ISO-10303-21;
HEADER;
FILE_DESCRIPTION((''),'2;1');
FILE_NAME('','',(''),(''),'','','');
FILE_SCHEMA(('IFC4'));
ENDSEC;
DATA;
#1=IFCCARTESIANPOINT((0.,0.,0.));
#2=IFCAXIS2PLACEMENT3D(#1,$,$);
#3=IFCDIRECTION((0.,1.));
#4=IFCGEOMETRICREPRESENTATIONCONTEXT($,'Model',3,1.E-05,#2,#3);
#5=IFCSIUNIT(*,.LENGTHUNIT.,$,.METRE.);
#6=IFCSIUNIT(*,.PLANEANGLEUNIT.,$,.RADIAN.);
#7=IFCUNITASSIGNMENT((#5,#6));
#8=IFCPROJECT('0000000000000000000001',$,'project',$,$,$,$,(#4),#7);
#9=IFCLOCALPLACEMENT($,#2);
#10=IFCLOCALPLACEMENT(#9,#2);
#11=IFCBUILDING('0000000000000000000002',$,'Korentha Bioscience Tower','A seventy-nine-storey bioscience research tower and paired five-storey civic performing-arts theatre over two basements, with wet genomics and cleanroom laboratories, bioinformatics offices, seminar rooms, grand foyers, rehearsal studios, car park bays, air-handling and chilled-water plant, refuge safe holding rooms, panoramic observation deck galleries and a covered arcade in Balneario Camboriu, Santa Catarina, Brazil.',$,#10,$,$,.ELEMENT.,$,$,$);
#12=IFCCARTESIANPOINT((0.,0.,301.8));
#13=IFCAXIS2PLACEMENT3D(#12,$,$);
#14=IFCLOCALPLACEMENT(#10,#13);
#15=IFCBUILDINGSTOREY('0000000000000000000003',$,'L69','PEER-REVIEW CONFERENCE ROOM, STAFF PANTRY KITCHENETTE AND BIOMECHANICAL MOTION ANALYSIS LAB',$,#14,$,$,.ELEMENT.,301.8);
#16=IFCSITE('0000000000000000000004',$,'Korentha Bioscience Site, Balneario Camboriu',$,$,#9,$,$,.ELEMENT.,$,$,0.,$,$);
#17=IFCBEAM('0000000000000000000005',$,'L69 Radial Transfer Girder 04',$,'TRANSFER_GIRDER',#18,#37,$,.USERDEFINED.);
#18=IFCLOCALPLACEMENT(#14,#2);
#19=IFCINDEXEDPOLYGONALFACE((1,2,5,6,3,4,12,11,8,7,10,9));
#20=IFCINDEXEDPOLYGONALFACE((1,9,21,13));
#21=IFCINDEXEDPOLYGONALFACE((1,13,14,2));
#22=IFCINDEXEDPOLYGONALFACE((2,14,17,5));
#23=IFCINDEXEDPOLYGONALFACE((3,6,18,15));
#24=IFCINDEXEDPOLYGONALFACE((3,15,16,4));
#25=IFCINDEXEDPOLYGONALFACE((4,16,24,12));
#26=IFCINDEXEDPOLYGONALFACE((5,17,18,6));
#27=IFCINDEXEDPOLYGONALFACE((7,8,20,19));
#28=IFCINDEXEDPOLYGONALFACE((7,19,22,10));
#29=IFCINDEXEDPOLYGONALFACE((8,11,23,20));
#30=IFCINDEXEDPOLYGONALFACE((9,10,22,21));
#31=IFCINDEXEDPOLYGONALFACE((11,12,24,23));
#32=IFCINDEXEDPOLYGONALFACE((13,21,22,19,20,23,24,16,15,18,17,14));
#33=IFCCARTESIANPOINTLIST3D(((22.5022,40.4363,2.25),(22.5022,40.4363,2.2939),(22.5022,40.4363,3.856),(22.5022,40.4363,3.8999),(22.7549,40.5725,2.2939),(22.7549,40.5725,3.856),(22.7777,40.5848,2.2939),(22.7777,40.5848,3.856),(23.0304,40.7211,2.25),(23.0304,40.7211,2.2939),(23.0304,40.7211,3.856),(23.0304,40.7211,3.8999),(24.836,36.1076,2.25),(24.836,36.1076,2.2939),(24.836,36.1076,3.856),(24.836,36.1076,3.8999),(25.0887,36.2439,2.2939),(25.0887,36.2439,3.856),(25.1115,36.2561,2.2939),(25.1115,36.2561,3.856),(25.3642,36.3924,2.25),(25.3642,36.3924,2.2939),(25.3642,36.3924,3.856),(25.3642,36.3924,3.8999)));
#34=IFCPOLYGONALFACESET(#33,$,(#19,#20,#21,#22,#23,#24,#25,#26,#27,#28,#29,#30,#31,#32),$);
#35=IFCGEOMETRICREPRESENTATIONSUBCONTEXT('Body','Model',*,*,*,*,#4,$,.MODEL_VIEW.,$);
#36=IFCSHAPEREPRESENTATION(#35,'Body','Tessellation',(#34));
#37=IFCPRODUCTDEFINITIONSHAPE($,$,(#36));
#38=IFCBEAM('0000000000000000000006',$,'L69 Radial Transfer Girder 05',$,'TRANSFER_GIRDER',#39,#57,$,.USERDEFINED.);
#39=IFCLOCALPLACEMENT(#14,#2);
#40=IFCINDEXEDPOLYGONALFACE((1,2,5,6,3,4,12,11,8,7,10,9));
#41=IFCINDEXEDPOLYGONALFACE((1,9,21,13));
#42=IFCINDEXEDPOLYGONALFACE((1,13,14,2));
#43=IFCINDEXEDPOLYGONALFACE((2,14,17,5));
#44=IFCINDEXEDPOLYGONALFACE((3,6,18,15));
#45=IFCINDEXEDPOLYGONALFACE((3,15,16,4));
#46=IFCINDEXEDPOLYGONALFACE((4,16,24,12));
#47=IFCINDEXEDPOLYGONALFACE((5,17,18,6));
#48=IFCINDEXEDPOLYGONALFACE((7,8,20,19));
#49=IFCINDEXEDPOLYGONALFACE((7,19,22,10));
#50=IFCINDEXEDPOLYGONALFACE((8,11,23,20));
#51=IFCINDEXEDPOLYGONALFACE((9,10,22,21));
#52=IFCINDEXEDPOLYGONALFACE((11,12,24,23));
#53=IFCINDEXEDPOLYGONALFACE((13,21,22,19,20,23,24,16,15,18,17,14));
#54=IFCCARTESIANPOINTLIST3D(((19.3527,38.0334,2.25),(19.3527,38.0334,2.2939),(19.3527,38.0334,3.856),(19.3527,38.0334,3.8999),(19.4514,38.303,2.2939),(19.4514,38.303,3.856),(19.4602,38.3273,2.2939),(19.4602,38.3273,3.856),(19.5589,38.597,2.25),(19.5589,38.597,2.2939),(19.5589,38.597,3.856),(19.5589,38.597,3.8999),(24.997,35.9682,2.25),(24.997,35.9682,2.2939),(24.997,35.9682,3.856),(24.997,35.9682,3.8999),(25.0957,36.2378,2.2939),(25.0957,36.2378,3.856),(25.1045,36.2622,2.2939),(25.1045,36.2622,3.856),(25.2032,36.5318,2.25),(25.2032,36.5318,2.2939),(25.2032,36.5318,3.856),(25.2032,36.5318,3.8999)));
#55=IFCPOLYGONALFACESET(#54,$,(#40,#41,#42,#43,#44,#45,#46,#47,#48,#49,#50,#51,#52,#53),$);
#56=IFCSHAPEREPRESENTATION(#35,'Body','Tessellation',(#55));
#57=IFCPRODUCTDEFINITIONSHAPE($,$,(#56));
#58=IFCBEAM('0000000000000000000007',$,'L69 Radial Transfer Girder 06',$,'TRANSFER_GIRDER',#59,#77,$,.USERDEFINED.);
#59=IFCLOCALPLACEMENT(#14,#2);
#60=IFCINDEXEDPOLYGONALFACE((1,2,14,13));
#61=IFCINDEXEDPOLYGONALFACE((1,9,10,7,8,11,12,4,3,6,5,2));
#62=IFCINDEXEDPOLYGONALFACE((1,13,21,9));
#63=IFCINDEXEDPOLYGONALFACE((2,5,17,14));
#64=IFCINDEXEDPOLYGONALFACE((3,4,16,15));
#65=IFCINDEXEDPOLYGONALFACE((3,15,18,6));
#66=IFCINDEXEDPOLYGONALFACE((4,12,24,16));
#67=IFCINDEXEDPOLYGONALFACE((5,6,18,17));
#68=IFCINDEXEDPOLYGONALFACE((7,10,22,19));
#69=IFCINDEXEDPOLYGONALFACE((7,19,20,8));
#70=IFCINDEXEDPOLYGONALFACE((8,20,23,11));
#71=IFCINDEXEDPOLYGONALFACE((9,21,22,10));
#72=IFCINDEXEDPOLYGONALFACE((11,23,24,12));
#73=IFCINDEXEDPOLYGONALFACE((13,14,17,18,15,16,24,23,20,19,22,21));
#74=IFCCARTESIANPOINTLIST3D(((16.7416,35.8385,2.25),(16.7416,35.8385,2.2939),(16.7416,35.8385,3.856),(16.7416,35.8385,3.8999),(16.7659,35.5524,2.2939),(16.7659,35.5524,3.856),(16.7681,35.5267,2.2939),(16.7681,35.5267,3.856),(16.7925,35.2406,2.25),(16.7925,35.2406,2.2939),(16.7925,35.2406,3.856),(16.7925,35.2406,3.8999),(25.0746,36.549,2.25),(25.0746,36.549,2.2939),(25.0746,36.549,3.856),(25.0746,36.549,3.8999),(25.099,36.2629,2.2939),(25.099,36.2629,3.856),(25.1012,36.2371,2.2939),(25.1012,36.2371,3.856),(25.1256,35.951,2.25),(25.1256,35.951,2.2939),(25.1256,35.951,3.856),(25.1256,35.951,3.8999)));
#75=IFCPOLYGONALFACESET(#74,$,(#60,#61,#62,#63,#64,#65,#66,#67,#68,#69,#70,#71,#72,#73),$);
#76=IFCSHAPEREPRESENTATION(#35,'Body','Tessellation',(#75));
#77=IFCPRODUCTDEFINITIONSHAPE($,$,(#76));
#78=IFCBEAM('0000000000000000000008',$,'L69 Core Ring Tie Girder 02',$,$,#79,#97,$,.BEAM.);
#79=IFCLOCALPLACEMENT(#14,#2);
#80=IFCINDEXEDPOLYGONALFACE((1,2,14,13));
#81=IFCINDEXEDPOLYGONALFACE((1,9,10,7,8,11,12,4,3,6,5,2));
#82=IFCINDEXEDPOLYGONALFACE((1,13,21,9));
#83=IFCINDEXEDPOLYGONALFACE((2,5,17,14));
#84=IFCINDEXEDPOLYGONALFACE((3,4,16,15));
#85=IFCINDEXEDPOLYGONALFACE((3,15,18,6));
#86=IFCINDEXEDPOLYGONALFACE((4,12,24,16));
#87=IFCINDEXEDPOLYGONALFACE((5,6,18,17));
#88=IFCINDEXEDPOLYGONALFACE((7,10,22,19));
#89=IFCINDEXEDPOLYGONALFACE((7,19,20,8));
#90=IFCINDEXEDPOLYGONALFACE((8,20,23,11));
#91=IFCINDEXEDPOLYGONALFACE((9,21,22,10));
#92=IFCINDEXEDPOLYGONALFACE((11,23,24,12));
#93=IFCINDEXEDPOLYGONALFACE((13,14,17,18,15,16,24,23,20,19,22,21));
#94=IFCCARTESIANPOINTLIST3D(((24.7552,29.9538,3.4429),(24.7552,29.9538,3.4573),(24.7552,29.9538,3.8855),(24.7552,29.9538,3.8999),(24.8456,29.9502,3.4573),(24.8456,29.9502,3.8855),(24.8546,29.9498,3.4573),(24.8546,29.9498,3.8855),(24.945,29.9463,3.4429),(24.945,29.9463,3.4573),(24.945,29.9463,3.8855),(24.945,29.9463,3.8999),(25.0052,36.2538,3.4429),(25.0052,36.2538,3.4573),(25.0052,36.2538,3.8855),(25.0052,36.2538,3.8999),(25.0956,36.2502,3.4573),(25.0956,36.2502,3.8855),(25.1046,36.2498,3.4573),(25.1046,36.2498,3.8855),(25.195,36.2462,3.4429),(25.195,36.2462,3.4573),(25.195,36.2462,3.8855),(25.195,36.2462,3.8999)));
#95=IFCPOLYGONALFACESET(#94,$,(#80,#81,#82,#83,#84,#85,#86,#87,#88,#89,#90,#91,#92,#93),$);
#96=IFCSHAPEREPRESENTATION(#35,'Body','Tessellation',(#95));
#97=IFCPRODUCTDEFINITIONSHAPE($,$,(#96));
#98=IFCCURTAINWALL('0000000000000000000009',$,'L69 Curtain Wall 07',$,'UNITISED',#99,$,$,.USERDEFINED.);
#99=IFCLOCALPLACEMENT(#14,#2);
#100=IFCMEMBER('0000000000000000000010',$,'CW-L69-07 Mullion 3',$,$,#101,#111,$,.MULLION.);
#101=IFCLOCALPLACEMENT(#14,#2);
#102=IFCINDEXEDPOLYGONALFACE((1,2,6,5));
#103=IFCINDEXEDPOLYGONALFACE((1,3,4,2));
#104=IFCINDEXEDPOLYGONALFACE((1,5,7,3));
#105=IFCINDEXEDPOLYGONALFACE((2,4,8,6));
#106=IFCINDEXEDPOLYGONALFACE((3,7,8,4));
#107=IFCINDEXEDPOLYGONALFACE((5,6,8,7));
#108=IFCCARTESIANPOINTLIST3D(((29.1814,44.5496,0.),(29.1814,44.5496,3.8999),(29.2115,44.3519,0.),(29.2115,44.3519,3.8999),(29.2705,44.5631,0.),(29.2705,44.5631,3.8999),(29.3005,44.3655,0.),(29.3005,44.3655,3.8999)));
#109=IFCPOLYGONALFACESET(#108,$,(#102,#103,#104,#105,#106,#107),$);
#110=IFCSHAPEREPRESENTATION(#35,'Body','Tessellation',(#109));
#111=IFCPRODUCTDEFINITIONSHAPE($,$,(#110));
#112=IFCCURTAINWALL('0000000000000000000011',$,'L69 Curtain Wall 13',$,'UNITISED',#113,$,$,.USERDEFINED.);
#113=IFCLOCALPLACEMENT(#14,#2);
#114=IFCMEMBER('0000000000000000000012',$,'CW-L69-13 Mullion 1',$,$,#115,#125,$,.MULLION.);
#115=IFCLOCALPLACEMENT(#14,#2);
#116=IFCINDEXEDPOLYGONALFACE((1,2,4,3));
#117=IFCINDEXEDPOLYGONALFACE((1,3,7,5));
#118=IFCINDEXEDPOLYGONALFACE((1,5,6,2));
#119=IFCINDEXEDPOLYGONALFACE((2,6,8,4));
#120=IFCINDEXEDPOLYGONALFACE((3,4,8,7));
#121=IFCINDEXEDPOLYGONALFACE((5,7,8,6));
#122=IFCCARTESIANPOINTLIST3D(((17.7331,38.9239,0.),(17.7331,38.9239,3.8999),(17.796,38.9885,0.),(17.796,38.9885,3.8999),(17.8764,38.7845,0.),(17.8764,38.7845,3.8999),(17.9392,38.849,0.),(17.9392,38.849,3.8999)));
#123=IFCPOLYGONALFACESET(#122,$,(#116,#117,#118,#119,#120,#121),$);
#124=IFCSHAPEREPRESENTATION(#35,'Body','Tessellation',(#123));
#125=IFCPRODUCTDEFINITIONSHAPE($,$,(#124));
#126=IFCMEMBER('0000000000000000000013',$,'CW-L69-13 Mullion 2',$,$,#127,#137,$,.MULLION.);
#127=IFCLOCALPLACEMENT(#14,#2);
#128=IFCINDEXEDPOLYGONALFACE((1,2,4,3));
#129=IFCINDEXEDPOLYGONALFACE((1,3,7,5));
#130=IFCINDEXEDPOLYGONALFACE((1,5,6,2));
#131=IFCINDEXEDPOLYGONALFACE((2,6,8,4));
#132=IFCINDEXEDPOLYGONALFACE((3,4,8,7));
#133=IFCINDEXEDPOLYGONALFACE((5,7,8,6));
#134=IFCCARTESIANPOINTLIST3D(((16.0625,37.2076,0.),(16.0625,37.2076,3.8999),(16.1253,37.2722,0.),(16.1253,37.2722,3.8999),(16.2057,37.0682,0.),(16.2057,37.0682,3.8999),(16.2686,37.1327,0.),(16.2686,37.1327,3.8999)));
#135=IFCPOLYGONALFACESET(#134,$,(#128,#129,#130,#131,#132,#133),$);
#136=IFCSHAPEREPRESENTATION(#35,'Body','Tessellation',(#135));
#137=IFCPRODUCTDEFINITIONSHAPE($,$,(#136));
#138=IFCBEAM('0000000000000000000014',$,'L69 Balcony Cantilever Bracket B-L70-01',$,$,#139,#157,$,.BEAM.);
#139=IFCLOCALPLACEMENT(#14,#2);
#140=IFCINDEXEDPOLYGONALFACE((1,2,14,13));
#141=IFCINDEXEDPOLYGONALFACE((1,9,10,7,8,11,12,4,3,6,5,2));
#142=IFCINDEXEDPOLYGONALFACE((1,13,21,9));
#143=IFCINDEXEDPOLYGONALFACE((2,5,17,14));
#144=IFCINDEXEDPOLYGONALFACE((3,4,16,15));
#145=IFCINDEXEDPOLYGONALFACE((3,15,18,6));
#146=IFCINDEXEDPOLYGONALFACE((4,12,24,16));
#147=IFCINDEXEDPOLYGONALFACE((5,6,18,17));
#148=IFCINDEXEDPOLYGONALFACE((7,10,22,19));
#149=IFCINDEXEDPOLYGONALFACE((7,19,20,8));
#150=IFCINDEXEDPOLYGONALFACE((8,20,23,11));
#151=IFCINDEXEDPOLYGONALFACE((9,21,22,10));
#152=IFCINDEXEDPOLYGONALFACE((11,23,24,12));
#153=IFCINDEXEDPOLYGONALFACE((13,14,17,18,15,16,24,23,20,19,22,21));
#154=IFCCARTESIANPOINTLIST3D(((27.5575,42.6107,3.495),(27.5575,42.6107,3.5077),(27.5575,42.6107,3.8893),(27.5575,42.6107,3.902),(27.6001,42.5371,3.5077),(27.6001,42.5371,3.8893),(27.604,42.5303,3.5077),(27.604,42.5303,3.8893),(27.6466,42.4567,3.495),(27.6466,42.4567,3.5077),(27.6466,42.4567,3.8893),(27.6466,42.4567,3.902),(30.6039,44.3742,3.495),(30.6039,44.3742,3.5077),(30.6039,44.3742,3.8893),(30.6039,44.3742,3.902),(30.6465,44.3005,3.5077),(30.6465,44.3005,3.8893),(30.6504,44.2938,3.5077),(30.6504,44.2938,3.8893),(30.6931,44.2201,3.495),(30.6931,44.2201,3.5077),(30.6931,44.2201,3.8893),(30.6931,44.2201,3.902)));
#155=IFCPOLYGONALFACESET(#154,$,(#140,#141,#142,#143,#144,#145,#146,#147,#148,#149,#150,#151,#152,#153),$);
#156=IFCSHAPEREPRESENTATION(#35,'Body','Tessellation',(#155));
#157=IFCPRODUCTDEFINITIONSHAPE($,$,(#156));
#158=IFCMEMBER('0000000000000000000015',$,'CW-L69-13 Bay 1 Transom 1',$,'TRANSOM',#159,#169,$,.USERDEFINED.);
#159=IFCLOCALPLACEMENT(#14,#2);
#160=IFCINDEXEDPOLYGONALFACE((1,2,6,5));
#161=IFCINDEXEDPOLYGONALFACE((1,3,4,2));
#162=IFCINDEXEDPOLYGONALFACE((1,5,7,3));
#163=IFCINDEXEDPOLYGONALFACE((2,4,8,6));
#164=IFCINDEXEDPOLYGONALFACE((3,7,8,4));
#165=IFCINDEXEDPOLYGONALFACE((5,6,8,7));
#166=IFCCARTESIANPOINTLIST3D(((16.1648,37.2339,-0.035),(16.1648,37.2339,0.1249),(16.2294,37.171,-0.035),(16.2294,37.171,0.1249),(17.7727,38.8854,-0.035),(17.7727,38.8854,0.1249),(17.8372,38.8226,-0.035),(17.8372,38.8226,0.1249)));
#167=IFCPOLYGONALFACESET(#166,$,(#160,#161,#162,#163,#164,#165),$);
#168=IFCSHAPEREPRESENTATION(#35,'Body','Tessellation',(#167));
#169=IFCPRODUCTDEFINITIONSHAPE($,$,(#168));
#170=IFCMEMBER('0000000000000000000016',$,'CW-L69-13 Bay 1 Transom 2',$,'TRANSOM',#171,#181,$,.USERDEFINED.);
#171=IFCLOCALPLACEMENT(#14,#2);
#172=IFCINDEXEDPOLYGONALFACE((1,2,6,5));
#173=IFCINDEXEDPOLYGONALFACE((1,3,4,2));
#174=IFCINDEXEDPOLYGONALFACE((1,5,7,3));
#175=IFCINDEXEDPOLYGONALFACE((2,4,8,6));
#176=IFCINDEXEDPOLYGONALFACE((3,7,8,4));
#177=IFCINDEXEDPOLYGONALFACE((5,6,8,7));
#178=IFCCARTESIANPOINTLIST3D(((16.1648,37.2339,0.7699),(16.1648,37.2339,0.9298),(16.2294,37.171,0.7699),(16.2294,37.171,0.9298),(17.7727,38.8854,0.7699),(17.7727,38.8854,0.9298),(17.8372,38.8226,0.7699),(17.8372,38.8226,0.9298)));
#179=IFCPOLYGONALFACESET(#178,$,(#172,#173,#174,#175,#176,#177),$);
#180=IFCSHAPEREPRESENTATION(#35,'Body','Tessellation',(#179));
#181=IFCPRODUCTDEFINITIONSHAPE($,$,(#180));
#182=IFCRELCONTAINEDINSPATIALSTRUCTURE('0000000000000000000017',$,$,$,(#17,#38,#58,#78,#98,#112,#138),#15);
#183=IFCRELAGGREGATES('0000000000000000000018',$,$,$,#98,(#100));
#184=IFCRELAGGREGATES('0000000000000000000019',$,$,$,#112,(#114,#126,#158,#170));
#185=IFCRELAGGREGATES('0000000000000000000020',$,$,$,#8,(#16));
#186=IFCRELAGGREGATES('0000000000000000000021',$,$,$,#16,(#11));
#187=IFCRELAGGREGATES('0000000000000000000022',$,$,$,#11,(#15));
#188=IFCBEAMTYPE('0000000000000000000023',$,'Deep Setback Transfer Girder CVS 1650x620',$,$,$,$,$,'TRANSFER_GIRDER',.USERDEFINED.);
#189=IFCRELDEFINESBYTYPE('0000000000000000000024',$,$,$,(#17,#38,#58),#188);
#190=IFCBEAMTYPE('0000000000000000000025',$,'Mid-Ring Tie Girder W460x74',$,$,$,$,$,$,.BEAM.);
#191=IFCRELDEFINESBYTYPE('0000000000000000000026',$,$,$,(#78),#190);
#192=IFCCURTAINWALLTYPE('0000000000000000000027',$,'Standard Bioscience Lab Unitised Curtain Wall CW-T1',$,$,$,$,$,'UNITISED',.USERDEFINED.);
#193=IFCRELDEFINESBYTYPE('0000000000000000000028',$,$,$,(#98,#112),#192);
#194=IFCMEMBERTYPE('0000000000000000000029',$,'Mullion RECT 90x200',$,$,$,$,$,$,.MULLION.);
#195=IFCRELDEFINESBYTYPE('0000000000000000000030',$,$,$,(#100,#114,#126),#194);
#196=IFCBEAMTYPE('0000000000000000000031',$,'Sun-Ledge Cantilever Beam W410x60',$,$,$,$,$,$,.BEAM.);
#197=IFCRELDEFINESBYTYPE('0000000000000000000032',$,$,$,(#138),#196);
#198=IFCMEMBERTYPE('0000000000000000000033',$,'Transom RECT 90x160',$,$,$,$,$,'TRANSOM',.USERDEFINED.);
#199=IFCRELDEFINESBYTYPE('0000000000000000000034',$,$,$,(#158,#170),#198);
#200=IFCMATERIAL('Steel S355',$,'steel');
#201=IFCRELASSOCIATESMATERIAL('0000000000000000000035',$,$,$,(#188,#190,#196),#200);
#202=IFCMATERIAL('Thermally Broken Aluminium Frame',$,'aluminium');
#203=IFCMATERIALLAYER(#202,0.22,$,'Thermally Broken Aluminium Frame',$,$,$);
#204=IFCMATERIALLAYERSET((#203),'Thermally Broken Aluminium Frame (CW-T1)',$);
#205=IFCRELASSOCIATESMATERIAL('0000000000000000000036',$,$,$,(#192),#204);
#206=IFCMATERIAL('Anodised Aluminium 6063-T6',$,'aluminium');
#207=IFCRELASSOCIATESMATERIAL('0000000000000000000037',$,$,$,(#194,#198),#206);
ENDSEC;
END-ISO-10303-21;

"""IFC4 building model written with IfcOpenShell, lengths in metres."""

from ifc_helpers import new_model, si_unit, direction, frame, origin, origin_2d, place, context, subcontext, project, spatial, rectangle, i_section, extrude, material, layer, layer_set, material_profile, profile_set, type_object, element, aggregate, save


model = new_model("IFC4")

# Units and contexts
model_context = context("Model", 3, precision=1e-05, world=origin(), true_north=direction((0.0, 1.0)))
body_context = subcontext(model_context, "Body", "Model", "MODEL_VIEW")
ifc_project = project(units=[si_unit("LENGTHUNIT", "METRE"), si_unit("PLANEANGLEUNIT", "RADIAN")], contexts=[model_context])

# Site, building, storey
site_placement = place(None, origin())
site = spatial("IfcSite", under=ifc_project, at=site_placement, Name="Korentha Bioscience Site, Balneario Camboriu", CompositionType="ELEMENT", RefElevation=0.0)
building_placement = place(site_placement, origin())
building = spatial("IfcBuilding", under=site, at=building_placement, Name="Korentha Bioscience Tower", Description="A seventy-nine-storey bioscience research tower and paired five-storey civic performing-arts theatre over two basements, with wet genomics and cleanroom laboratories, bioinformatics offices, seminar rooms, grand foyers, rehearsal studios, car park bays, air-handling and chilled-water plant, refuge safe holding rooms, panoramic observation deck galleries and a covered arcade in Balneario Camboriu, Santa Catarina, Brazil.", CompositionType="ELEMENT")
storey_placement = place(building_placement, frame((0.0, 0.0, 301.8)))
storey = spatial("IfcBuildingStorey", under=building, at=storey_placement, Name="L69", Description="PEER-REVIEW CONFERENCE ROOM, STAFF PANTRY KITCHENETTE AND BIOMECHANICAL MOTION ANALYSIS LAB", CompositionType="ELEMENT", Elevation=301.8)

# Beams
ifc_material_1 = material(Name="Steel S355", Category="steel")
ifc_material_profile_1 = material_profile(ifc_material_1, i_section(OverallWidth=0.6001, OverallDepth=1.6499, WebThickness=0.0259, FlangeThickness=0.0439, at=origin_2d()), Name="Steel S355")
ifc_profile_set_1 = profile_set([ifc_material_profile_1], Name="Steel S355 (TG-04)")
beam_type_1 = type_object("IfcBeamType", Name="Deep Setback Transfer Girder CVS 1650x620", ElementType="TRANSFER_GIRDER", PredefinedType="USERDEFINED", material=ifc_profile_set_1)
beam_1_placement = place(storey_placement, frame((25.1001, 36.25, 3.075), z_axis=(-0.474565, 0.880221, 0.0), x_axis=(-0.880221, -0.474565, 0.0)))
element("IfcBeam", 1, at=beam_1_placement, inside=storey, type_object=beam_type_1, Name="L69 Radial Transfer Girder 04", ObjectType="TRANSFER_GIRDER", PredefinedType="USERDEFINED", context=body_context, shape_type="SweptSolid", body=[
    extrude(i_section(OverallWidth=0.6001, OverallDepth=1.6499, WebThickness=0.0259, FlangeThickness=0.0439, at=origin_2d()), origin(), (0.0, 0.0, 1.0), 4.9177),
])
beam_2_placement = place(storey_placement, frame((25.1001, 36.25, 3.075), z_axis=(-0.939112, 0.343611, 0.0), x_axis=(-0.343611, -0.939112, 0.0)))
element("IfcBeam", 2, at=beam_2_placement, inside=storey, type_object=beam_type_1, Name="L69 Radial Transfer Girder 05", ObjectType="TRANSFER_GIRDER", PredefinedType="USERDEFINED", context=body_context, shape_type="SweptSolid", body=[
    extrude(i_section(OverallWidth=0.6001, OverallDepth=1.6499, WebThickness=0.0259, FlangeThickness=0.0439, at=origin_2d()), origin(), (0.0, 0.0, 1.0), 6.0103),
])
beam_3_placement = place(storey_placement, frame((25.1001, 36.25, 3.075), z_axis=(-0.996385, -0.084949, 0.0), x_axis=(0.084949, -0.996385, 0.0)))
element("IfcBeam", 3, at=beam_3_placement, inside=storey, type_object=beam_type_1, Name="L69 Radial Transfer Girder 06", ObjectType="TRANSFER_GIRDER", PredefinedType="USERDEFINED", context=body_context, shape_type="SweptSolid", body=[
    extrude(i_section(OverallWidth=0.6001, OverallDepth=1.6499, WebThickness=0.0259, FlangeThickness=0.0439, at=origin_2d()), origin(), (0.0, 0.0, 1.0), 8.3633),
])
ifc_material_profile_2 = material_profile(ifc_material_1, i_section(OverallWidth=0.1899, OverallDepth=0.457, WebThickness=0.009, FlangeThickness=0.0144, at=origin_2d()), Name="Steel S355")
ifc_profile_set_2 = profile_set([ifc_material_profile_2], Name="Steel S355 (MB-460)")
beam_type_2 = type_object("IfcBeamType", Name="Mid-Ring Tie Girder W460x74", PredefinedType="BEAM", material=ifc_profile_set_2)
beam_4_placement = place(storey_placement, frame((25.1001, 36.25, 3.6714), z_axis=(-0.039651, -0.999214, 0.0), x_axis=(0.999214, -0.039651, 0.0)))
element("IfcBeam", 4, at=beam_4_placement, inside=storey, type_object=beam_type_2, Name="L69 Core Ring Tie Girder 02", PredefinedType="BEAM", context=body_context, shape_type="SweptSolid", body=[
    extrude(i_section(OverallWidth=0.1899, OverallDepth=0.457, WebThickness=0.009, FlangeThickness=0.0144, at=origin_2d()), origin(), (0.0, 0.0, 1.0), 6.3049),
])

# Curtain wall, member
ifc_material_2 = material(Name="Thermally Broken Aluminium Frame", Category="aluminium")
ifc_layer_1 = layer(ifc_material_2, 0.22, Name="Thermally Broken Aluminium Frame")
ifc_layer_set_1 = layer_set([ifc_layer_1], Name="Thermally Broken Aluminium Frame (CW-T1)")
curtain_wall_type = type_object("IfcCurtainWallType", Name="Standard Bioscience Lab Unitised Curtain Wall CW-T1", ElementType="UNITISED", PredefinedType="USERDEFINED", material=ifc_layer_set_1)
curtain_wall_1_placement = place(storey_placement, origin())
curtain_wall_1 = element("IfcCurtainWall", 5, at=curtain_wall_1_placement, inside=storey, type_object=curtain_wall_type, Name="L69 Curtain Wall 07", ObjectType="UNITISED", PredefinedType="USERDEFINED")
ifc_material_3 = material(Name="Anodised Aluminium 6063-T6", Category="aluminium")
ifc_material_profile_3 = material_profile(ifc_material_3, rectangle(XDim=0.0901, YDim=0.2, at=origin_2d()), Name="Anodised Aluminium 6063-T6")
ifc_profile_set_3 = profile_set([ifc_material_profile_3], Name="Anodised Aluminium 6063-T6 (CW-MUL)")
member_type_1 = type_object("IfcMemberType", Name="Mullion RECT 90x200", PredefinedType="MULLION", material=ifc_profile_set_3)
member_1_placement = place(storey_placement, frame((29.241, 44.4575, 0.0), z_axis=(0.0, 0.0, 1.0), x_axis=(-0.988621, -0.150428, 0.0)))
member_1 = element("IfcMember", 6, at=member_1_placement, type_object=member_type_1, Name="CW-L69-07 Mullion 3", PredefinedType="MULLION", context=body_context, shape_type="SweptSolid", body=[
    extrude(rectangle(XDim=0.0901, YDim=0.2, at=origin_2d()), origin(), (0.0, 0.0, 1.0), 3.8999),
])
aggregate(curtain_wall_1, [member_1])

# Curtain wall, members
curtain_wall_2_placement = place(storey_placement, origin())
curtain_wall_2 = element("IfcCurtainWall", 7, at=curtain_wall_2_placement, inside=storey, type_object=curtain_wall_type, Name="L69 Curtain Wall 13", ObjectType="UNITISED", PredefinedType="USERDEFINED")
member_2_placement = place(storey_placement, frame((17.8362, 38.8865, 0.0), z_axis=(0.0, 0.0, 1.0), x_axis=(-0.697567, -0.716519, 0.0)))
member_2 = element("IfcMember", 8, at=member_2_placement, type_object=member_type_1, Name="CW-L69-13 Mullion 1", PredefinedType="MULLION", context=body_context, shape_type="SweptSolid", body=[
    extrude(rectangle(XDim=0.0901, YDim=0.2, at=origin_2d()), origin(), (0.0, 0.0, 1.0), 3.8999),
])
member_3_placement = place(storey_placement, frame((16.1655, 37.1702, 0.0), z_axis=(0.0, 0.0, 1.0), x_axis=(-0.697567, -0.716519, 0.0)))
member_3 = element("IfcMember", 9, at=member_3_placement, type_object=member_type_1, Name="CW-L69-13 Mullion 2", PredefinedType="MULLION", context=body_context, shape_type="SweptSolid", body=[
    extrude(rectangle(XDim=0.0901, YDim=0.2, at=origin_2d()), origin(), (0.0, 0.0, 1.0), 3.8999),
])

# Beam
ifc_material_profile_4 = material_profile(ifc_material_1, i_section(OverallWidth=0.178, OverallDepth=0.407, WebThickness=0.0078, FlangeThickness=0.0127, at=origin_2d()), Name="Steel S355")
ifc_profile_set_4 = profile_set([ifc_material_profile_4], Name="Steel S355 (CB-410)")
beam_type_3 = type_object("IfcBeamType", Name="Sun-Ledge Cantilever Beam W410x60", PredefinedType="BEAM", material=ifc_profile_set_4)
beam_5_placement = place(storey_placement, frame((27.6021, 42.5337, 3.6985), z_axis=(0.86546, 0.500979, 0.0), x_axis=(-0.500979, 0.86546, 0.0)))
element("IfcBeam", 10, at=beam_5_placement, inside=storey, type_object=beam_type_3, Name="L69 Balcony Cantilever Bracket B-L70-01", PredefinedType="BEAM", context=body_context, shape_type="SweptSolid", body=[
    extrude(i_section(OverallWidth=0.178, OverallDepth=0.407, WebThickness=0.0078, FlangeThickness=0.0127, at=origin_2d()), origin(), (0.0, 0.0, 1.0), 3.52),
])

# Members
ifc_material_profile_5 = material_profile(ifc_material_3, rectangle(XDim=0.0901, YDim=0.1599, at=origin_2d()), Name="Anodised Aluminium 6063-T6")
ifc_profile_set_5 = profile_set([ifc_material_profile_5], Name="Anodised Aluminium 6063-T6 (CW-TRN)")
member_type_2 = type_object("IfcMemberType", Name="Transom RECT 90x160", ElementType="TRANSOM", PredefinedType="USERDEFINED", material=ifc_profile_set_5)
member_4_placement = place(storey_placement, frame((17.8049, 38.854, 0.0449), z_axis=(-0.697564, -0.716523, 0.0), x_axis=(0.716523, -0.697564, 0.0)))
member_4 = element("IfcMember", 11, at=member_4_placement, type_object=member_type_2, Name="CW-L69-13 Bay 1 Transom 1", ObjectType="TRANSOM", PredefinedType="USERDEFINED", context=body_context, shape_type="SweptSolid", body=[
    extrude(rectangle(XDim=0.0901, YDim=0.1599, at=origin_2d()), origin(), (0.0, 0.0, 1.0), 2.3049),
])
member_5_placement = place(storey_placement, frame((17.8049, 38.854, 0.8499), z_axis=(-0.697564, -0.716523, 0.0), x_axis=(0.716523, -0.697564, 0.0)))
member_5 = element("IfcMember", 12, at=member_5_placement, type_object=member_type_2, Name="CW-L69-13 Bay 1 Transom 2", ObjectType="TRANSOM", PredefinedType="USERDEFINED", context=body_context, shape_type="SweptSolid", body=[
    extrude(rectangle(XDim=0.0901, YDim=0.1599, at=origin_2d()), origin(), (0.0, 0.0, 1.0), 2.3049),
])

aggregate(curtain_wall_2, [member_2, member_3, member_4, member_5])

save(model, "model.ifc")
